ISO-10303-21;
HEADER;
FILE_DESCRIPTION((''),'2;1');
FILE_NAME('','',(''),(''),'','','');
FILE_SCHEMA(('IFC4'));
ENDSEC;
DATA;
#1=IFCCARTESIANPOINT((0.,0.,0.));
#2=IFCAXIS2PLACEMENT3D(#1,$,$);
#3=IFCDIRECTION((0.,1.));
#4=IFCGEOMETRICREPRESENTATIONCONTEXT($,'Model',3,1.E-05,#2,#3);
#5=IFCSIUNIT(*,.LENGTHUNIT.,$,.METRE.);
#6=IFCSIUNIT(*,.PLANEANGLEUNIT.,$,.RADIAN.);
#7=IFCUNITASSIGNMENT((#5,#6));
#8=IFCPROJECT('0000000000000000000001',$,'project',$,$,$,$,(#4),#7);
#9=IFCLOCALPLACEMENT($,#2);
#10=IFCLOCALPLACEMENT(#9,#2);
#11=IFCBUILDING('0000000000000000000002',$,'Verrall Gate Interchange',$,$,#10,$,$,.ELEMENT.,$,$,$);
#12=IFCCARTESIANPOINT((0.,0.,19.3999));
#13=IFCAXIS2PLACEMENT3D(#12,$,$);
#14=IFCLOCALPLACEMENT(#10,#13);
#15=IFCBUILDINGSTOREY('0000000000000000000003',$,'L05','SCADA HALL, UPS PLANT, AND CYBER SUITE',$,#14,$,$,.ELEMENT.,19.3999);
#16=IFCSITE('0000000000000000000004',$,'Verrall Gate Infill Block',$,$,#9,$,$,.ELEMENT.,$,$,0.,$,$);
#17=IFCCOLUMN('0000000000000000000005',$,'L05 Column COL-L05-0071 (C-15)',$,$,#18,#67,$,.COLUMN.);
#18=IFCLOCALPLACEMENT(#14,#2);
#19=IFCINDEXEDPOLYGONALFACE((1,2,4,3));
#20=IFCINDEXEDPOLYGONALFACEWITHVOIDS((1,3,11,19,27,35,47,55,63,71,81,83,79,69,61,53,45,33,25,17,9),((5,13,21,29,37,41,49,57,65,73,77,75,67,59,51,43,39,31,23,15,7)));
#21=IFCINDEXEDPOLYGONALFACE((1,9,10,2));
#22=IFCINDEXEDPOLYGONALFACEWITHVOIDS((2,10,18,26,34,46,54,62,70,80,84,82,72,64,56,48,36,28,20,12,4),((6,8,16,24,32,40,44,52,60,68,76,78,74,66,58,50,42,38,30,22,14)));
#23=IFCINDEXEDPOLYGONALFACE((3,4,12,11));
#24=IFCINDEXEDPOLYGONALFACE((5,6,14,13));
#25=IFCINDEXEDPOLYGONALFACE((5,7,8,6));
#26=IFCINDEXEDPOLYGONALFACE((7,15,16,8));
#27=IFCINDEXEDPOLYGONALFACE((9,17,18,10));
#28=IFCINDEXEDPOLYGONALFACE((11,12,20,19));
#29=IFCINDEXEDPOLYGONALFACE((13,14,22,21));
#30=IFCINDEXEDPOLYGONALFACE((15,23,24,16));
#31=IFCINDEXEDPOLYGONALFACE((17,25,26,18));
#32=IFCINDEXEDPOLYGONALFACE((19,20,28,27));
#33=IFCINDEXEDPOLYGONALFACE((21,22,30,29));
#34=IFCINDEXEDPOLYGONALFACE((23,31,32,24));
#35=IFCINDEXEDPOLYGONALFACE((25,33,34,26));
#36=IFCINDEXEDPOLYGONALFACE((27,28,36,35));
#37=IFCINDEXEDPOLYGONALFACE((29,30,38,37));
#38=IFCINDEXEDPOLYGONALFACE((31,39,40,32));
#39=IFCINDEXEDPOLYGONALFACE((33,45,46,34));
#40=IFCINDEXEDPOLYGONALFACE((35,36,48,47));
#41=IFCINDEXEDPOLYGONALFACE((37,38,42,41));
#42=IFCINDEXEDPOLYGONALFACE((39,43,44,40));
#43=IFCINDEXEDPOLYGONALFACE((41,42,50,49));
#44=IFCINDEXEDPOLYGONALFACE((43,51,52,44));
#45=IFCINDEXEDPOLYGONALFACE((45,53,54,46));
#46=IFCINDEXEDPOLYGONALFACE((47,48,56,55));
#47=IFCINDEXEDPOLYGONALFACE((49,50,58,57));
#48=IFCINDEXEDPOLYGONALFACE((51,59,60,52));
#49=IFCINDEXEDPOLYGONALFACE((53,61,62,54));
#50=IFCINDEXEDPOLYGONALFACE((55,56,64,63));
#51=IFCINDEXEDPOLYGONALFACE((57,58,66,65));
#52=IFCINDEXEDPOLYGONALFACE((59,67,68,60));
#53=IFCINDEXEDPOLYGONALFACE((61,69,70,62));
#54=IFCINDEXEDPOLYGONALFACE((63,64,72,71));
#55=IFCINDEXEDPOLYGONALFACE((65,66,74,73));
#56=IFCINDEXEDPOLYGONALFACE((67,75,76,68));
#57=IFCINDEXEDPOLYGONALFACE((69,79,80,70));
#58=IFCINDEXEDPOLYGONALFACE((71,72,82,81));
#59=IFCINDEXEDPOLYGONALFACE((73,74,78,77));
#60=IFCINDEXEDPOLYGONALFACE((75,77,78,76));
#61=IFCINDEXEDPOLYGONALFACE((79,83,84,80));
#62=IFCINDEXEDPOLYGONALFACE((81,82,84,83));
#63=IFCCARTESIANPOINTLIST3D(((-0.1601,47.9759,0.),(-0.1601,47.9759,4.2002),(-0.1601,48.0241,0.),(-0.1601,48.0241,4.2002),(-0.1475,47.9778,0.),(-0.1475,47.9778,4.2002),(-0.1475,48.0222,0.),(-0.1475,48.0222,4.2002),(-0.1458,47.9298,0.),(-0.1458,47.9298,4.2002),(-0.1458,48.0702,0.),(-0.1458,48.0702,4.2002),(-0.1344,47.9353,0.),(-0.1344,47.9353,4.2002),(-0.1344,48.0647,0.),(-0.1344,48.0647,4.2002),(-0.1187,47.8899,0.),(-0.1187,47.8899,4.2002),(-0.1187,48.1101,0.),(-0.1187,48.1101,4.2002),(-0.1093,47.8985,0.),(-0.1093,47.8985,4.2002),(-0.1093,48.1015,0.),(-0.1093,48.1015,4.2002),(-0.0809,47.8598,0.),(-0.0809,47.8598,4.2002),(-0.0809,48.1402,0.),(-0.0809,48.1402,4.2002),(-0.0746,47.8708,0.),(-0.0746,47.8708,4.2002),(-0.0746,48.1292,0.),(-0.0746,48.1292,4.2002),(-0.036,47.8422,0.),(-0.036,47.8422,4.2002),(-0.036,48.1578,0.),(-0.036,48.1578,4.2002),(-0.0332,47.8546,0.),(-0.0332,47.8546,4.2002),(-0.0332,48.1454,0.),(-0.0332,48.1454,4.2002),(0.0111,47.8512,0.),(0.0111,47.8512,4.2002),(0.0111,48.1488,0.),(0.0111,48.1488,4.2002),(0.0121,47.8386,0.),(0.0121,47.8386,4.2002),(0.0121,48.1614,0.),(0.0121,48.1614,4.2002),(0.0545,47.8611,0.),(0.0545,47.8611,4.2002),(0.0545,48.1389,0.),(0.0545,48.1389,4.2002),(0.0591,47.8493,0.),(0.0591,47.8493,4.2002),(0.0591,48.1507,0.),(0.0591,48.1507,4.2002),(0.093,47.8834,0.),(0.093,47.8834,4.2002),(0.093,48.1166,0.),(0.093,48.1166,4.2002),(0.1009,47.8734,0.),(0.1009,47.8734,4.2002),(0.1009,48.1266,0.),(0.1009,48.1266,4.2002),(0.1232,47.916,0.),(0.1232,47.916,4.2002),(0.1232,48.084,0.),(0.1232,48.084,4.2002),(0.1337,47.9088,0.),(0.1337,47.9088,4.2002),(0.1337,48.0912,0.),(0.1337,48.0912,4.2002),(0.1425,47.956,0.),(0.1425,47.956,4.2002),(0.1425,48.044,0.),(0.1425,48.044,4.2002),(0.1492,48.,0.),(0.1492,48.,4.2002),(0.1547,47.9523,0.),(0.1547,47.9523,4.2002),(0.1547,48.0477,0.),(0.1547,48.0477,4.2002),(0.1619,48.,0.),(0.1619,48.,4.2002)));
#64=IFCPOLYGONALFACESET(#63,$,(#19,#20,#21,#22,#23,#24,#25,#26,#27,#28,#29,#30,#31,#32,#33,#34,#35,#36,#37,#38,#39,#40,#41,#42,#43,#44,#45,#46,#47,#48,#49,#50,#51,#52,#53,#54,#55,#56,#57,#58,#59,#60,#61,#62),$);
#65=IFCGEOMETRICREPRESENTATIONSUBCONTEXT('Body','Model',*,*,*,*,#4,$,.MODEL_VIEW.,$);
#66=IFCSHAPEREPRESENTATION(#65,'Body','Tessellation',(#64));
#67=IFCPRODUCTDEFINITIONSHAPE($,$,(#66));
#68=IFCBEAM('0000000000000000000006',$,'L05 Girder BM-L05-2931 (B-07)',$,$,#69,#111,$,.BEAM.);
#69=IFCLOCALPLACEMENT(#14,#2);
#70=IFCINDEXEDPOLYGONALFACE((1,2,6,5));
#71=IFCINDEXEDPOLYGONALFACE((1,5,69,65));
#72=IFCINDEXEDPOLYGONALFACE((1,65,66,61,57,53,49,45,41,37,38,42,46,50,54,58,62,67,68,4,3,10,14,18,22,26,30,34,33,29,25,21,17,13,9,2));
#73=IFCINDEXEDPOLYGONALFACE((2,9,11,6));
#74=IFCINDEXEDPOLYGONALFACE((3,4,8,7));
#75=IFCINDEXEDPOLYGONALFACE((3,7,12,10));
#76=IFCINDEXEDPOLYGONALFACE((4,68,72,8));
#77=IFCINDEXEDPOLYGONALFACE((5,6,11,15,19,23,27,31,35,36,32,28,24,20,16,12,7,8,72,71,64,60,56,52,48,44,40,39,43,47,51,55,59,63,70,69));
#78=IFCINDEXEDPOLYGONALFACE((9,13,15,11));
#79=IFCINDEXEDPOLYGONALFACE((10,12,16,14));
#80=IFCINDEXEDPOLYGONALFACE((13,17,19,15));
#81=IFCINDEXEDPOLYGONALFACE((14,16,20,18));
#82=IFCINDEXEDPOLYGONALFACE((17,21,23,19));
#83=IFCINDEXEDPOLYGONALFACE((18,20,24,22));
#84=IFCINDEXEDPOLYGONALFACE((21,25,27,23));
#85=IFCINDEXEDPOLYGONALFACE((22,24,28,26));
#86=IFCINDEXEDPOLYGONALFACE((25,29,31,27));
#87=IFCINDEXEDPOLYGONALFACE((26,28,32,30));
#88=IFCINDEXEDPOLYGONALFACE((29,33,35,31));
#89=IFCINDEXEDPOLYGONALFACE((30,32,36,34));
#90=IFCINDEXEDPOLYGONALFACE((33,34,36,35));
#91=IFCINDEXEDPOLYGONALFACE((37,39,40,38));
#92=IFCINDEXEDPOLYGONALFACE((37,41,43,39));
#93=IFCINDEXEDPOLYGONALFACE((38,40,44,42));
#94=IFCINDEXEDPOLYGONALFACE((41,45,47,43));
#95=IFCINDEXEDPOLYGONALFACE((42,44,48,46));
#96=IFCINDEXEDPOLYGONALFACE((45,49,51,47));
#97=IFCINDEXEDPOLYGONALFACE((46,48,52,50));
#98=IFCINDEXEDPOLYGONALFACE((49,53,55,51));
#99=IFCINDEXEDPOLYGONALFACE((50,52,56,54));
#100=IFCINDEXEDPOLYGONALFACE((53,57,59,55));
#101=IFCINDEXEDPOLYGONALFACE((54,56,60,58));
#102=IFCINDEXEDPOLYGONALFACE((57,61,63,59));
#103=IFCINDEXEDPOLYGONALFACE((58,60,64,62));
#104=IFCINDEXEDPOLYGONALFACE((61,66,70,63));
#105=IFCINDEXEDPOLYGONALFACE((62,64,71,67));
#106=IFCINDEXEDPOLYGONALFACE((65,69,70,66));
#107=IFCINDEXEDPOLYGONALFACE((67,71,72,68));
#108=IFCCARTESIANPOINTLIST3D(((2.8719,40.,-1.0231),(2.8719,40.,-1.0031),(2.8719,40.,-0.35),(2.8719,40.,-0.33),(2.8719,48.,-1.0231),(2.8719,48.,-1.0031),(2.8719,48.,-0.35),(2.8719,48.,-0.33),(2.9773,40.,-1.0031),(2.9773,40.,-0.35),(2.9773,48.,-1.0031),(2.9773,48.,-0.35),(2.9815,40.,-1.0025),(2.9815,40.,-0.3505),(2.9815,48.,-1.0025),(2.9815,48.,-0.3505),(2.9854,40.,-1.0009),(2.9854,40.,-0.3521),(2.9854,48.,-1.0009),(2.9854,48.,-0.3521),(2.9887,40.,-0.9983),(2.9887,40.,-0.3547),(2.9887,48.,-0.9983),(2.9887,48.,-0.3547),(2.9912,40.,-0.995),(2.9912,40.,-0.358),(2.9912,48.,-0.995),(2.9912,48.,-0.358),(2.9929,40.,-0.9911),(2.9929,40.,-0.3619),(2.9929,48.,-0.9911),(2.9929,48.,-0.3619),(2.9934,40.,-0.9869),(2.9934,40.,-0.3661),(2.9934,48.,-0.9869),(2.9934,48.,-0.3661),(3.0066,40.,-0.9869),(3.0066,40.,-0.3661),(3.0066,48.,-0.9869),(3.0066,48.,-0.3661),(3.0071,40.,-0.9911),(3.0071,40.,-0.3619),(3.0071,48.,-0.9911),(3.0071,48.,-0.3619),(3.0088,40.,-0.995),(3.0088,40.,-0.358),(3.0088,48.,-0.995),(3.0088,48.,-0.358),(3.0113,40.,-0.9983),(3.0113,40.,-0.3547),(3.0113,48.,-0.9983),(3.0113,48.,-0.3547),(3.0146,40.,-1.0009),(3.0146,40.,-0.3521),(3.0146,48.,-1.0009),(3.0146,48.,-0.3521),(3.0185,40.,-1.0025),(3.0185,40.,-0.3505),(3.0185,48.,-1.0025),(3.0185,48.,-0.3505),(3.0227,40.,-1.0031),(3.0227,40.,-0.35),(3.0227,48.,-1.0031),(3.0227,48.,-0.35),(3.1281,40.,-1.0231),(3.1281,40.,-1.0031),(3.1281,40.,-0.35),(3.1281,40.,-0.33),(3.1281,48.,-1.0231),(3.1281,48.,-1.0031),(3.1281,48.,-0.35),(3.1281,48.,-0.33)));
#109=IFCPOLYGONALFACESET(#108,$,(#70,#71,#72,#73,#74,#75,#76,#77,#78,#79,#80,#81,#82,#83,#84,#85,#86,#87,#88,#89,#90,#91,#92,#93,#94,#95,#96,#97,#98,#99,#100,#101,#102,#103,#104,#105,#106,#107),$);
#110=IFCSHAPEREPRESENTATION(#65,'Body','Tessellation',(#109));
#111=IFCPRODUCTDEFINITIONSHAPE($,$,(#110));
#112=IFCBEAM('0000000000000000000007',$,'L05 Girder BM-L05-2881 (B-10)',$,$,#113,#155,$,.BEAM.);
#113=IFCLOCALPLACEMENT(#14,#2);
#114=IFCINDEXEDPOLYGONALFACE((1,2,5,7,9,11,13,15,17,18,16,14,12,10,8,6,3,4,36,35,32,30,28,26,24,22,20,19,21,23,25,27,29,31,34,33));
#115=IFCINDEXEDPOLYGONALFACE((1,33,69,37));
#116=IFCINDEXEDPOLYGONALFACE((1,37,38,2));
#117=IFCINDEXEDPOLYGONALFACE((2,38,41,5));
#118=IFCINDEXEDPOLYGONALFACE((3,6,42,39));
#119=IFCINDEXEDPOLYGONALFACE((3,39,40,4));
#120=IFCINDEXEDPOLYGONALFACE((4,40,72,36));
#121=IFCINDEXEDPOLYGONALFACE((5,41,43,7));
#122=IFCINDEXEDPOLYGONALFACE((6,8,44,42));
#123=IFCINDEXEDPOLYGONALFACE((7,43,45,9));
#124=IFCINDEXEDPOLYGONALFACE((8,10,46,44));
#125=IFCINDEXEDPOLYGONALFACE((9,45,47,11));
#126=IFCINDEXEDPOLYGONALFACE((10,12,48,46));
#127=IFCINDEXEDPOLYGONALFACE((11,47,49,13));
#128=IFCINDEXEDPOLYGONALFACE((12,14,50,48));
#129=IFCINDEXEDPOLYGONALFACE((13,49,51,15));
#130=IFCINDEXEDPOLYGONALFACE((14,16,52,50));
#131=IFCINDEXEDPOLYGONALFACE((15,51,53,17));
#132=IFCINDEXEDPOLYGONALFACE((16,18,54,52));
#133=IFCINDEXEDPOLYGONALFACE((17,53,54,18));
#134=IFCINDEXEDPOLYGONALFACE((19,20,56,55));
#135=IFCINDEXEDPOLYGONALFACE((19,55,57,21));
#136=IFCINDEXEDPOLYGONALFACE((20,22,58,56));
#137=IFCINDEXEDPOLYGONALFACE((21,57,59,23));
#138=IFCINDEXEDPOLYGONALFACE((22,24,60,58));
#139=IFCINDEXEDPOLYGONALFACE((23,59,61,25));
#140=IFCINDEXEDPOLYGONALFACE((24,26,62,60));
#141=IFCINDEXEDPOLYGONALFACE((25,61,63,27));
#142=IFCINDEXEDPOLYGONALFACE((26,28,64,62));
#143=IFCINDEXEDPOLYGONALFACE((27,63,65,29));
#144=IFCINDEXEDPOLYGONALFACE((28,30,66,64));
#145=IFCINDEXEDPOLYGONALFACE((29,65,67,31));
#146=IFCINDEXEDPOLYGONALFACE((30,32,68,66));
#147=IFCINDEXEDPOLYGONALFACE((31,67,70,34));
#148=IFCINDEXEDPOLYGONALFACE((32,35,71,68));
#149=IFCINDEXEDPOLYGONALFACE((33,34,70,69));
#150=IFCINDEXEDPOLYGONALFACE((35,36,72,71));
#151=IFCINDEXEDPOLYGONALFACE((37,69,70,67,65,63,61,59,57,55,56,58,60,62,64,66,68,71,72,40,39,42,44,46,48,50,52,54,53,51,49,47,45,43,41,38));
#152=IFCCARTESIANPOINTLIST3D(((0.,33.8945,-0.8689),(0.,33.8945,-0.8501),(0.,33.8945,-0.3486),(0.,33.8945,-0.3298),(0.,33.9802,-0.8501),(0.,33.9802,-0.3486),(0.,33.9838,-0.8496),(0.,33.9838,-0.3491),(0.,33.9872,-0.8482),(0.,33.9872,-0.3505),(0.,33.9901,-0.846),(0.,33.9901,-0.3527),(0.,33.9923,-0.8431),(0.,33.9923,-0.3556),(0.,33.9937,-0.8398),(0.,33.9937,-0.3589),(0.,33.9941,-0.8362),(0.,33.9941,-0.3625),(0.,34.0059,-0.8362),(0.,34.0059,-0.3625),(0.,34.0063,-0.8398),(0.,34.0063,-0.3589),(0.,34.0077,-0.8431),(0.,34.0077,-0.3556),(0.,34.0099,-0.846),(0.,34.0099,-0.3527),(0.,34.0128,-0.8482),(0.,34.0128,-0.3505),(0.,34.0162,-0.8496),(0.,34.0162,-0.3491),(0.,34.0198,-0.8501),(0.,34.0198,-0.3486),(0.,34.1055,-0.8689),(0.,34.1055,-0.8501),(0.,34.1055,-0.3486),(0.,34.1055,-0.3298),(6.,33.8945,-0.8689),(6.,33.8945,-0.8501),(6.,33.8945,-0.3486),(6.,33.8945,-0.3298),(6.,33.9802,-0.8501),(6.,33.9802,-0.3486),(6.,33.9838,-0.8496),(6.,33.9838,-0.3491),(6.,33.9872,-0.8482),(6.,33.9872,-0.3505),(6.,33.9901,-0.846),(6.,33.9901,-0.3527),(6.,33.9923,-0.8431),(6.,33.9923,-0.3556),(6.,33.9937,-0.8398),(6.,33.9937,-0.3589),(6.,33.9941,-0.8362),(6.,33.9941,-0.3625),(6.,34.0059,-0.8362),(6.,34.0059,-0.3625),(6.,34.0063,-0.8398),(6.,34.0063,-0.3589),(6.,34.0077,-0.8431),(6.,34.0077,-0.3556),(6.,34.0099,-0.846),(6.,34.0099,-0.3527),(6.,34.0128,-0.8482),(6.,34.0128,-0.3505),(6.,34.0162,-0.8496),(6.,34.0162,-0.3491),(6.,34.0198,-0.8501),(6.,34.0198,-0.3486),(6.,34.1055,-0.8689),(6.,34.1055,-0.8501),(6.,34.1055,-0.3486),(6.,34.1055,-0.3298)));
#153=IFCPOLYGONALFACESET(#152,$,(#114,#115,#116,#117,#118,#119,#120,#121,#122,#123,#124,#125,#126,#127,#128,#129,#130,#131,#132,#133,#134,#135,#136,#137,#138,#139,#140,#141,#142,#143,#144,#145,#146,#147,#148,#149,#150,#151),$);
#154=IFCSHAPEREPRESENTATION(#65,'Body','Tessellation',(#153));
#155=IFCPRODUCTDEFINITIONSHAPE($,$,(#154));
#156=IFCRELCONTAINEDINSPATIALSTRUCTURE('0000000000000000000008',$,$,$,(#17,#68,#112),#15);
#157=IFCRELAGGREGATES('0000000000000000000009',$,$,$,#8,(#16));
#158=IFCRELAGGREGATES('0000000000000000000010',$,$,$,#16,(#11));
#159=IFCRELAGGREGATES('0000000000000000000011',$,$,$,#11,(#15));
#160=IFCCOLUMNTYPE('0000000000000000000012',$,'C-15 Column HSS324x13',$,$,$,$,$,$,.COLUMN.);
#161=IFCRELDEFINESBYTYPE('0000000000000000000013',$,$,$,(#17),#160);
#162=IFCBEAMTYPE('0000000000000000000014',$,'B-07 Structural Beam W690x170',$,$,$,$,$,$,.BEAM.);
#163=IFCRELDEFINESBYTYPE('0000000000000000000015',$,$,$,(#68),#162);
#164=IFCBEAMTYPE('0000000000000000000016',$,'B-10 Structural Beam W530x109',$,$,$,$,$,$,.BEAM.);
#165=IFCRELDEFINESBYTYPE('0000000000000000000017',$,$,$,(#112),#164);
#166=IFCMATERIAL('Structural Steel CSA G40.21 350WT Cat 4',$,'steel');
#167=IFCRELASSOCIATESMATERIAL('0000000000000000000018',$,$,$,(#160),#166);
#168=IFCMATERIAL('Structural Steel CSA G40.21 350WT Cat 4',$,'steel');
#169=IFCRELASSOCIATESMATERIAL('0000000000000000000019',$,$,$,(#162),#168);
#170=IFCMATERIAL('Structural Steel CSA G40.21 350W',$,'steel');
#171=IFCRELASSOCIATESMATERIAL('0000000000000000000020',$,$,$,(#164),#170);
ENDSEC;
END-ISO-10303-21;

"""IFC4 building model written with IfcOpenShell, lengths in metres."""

from ifc_helpers import new_model, si_unit, direction, frame, origin, origin_2d, place, context, subcontext, project, spatial, hollow_circle, i_section, extrude, material, material_profile, profile_set, type_object, element, save


model = new_model("IFC4")

# Units and contexts
model_context = context("Model", 3, precision=1e-05, world=origin(), true_north=direction((0.0, 1.0)))
body_context = subcontext(model_context, "Body", "Model", "MODEL_VIEW")
ifc_project = project(units=[si_unit("LENGTHUNIT", "METRE"), si_unit("PLANEANGLEUNIT", "RADIAN")], contexts=[model_context])

# Site, building, storey
site_placement = place(None, origin())
site = spatial("IfcSite", under=ifc_project, at=site_placement, Name="Verrall Gate Infill Block", CompositionType="ELEMENT", RefElevation=0.0)
building_placement = place(site_placement, origin())
building = spatial("IfcBuilding", under=site, at=building_placement, Name="Verrall Gate Interchange", CompositionType="ELEMENT")
storey_placement = place(building_placement, frame((0.0, 0.0, 19.3999)))
storey = spatial("IfcBuildingStorey", under=building, at=storey_placement, Name="L05", Description="SCADA HALL, UPS PLANT, AND CYBER SUITE", CompositionType="ELEMENT", Elevation=19.3999)

# Column
ifc_material_1 = material(Name="Structural Steel CSA G40.21 350WT Cat 4", Category="steel")
ifc_material_profile_1 = material_profile(ifc_material_1, hollow_circle(Radius=0.1619, WallThickness=0.0127, at=origin_2d()), Name="HSS324x13")
ifc_profile_set_1 = profile_set([ifc_material_profile_1], Name="Structural Steel CSA G40.21 350WT Cat 4")
column_type_1 = type_object("IfcColumnType", Name="C-15 Column HSS324x13", PredefinedType="COLUMN", material=ifc_profile_set_1)
for number, where, z_axis, x_axis, name in (
    (1, (0.0, 48.0, 0.0), (0.0, 0.0, 1.0), (1.0, 0.0, 0.0), "L05 Column COL-L05-0071 (C-15)"),
):
    element("IfcColumn", number, at=place(storey_placement, frame(where, z_axis=z_axis, x_axis=x_axis)), inside=storey, type_object=column_type_1, Name=name, PredefinedType="COLUMN", context=body_context, shape_type="SweptSolid", body=[
        extrude(hollow_circle(Radius=0.1619, WallThickness=0.0127, at=origin_2d()), origin(), (0.0, 0.0, 1.0), 4.2002),
    ])

# Beams
ifc_material_2 = material(Name="Structural Steel CSA G40.21 350WT Cat 4", Category="steel")
ifc_material_profile_2 = material_profile(ifc_material_2, i_section(OverallWidth=0.2561, OverallDepth=0.6931, WebThickness=0.0132, FlangeThickness=0.02, FilletRadius=0.0161, at=origin_2d()), Name="W690x170")
ifc_profile_set_2 = profile_set([ifc_material_profile_2], Name="Structural Steel CSA G40.21 350WT Cat 4")
beam_type_1 = type_object("IfcBeamType", Name="B-07 Structural Beam W690x170", PredefinedType="BEAM", material=ifc_profile_set_2)
beam_1_placement = place(storey_placement, frame((3.0, 40.0, -0.6765), z_axis=(0.0, 1.0, 0.0), x_axis=(-1.0, 0.0, 0.0)))
element("IfcBeam", 2, at=beam_1_placement, inside=storey, type_object=beam_type_1, Name="L05 Girder BM-L05-2931 (B-07)", PredefinedType="BEAM", context=body_context, shape_type="SweptSolid", body=[
    extrude(i_section(OverallWidth=0.2561, OverallDepth=0.6931, WebThickness=0.0132, FlangeThickness=0.02, FilletRadius=0.0161, at=origin_2d()), origin(), (0.0, 0.0, 1.0), 8.0),
])
ifc_material_3 = material(Name="Structural Steel CSA G40.21 350W", Category="steel")
ifc_material_profile_3 = material_profile(ifc_material_3, i_section(OverallWidth=0.2109, OverallDepth=0.5391, WebThickness=0.0117, FlangeThickness=0.0188, FilletRadius=0.0139, at=origin_2d()), Name="W530x109")
ifc_profile_set_3 = profile_set([ifc_material_profile_3], Name="Structural Steel CSA G40.21 350W")
beam_type_2 = type_object("IfcBeamType", Name="B-10 Structural Beam W530x109", PredefinedType="BEAM", material=ifc_profile_set_3)
for number, where, z_axis, x_axis, name in (
    (3, (0.0, 34.0, -0.5994), (1.0, 0.0, 0.0), (0.0, 1.0, 0.0), "L05 Girder BM-L05-2881 (B-10)"),
):
    element("IfcBeam", number, at=place(storey_placement, frame(where, z_axis=z_axis, x_axis=x_axis)), inside=storey, type_object=beam_type_2, Name=name, PredefinedType="BEAM", context=body_context, shape_type="SweptSolid", body=[
        extrude(i_section(OverallWidth=0.2109, OverallDepth=0.5391, WebThickness=0.0117, FlangeThickness=0.0188, FilletRadius=0.0139, at=origin_2d()), origin(), (0.0, 0.0, 1.0), 6.0),
    ])

save(model, "model.ifc")
